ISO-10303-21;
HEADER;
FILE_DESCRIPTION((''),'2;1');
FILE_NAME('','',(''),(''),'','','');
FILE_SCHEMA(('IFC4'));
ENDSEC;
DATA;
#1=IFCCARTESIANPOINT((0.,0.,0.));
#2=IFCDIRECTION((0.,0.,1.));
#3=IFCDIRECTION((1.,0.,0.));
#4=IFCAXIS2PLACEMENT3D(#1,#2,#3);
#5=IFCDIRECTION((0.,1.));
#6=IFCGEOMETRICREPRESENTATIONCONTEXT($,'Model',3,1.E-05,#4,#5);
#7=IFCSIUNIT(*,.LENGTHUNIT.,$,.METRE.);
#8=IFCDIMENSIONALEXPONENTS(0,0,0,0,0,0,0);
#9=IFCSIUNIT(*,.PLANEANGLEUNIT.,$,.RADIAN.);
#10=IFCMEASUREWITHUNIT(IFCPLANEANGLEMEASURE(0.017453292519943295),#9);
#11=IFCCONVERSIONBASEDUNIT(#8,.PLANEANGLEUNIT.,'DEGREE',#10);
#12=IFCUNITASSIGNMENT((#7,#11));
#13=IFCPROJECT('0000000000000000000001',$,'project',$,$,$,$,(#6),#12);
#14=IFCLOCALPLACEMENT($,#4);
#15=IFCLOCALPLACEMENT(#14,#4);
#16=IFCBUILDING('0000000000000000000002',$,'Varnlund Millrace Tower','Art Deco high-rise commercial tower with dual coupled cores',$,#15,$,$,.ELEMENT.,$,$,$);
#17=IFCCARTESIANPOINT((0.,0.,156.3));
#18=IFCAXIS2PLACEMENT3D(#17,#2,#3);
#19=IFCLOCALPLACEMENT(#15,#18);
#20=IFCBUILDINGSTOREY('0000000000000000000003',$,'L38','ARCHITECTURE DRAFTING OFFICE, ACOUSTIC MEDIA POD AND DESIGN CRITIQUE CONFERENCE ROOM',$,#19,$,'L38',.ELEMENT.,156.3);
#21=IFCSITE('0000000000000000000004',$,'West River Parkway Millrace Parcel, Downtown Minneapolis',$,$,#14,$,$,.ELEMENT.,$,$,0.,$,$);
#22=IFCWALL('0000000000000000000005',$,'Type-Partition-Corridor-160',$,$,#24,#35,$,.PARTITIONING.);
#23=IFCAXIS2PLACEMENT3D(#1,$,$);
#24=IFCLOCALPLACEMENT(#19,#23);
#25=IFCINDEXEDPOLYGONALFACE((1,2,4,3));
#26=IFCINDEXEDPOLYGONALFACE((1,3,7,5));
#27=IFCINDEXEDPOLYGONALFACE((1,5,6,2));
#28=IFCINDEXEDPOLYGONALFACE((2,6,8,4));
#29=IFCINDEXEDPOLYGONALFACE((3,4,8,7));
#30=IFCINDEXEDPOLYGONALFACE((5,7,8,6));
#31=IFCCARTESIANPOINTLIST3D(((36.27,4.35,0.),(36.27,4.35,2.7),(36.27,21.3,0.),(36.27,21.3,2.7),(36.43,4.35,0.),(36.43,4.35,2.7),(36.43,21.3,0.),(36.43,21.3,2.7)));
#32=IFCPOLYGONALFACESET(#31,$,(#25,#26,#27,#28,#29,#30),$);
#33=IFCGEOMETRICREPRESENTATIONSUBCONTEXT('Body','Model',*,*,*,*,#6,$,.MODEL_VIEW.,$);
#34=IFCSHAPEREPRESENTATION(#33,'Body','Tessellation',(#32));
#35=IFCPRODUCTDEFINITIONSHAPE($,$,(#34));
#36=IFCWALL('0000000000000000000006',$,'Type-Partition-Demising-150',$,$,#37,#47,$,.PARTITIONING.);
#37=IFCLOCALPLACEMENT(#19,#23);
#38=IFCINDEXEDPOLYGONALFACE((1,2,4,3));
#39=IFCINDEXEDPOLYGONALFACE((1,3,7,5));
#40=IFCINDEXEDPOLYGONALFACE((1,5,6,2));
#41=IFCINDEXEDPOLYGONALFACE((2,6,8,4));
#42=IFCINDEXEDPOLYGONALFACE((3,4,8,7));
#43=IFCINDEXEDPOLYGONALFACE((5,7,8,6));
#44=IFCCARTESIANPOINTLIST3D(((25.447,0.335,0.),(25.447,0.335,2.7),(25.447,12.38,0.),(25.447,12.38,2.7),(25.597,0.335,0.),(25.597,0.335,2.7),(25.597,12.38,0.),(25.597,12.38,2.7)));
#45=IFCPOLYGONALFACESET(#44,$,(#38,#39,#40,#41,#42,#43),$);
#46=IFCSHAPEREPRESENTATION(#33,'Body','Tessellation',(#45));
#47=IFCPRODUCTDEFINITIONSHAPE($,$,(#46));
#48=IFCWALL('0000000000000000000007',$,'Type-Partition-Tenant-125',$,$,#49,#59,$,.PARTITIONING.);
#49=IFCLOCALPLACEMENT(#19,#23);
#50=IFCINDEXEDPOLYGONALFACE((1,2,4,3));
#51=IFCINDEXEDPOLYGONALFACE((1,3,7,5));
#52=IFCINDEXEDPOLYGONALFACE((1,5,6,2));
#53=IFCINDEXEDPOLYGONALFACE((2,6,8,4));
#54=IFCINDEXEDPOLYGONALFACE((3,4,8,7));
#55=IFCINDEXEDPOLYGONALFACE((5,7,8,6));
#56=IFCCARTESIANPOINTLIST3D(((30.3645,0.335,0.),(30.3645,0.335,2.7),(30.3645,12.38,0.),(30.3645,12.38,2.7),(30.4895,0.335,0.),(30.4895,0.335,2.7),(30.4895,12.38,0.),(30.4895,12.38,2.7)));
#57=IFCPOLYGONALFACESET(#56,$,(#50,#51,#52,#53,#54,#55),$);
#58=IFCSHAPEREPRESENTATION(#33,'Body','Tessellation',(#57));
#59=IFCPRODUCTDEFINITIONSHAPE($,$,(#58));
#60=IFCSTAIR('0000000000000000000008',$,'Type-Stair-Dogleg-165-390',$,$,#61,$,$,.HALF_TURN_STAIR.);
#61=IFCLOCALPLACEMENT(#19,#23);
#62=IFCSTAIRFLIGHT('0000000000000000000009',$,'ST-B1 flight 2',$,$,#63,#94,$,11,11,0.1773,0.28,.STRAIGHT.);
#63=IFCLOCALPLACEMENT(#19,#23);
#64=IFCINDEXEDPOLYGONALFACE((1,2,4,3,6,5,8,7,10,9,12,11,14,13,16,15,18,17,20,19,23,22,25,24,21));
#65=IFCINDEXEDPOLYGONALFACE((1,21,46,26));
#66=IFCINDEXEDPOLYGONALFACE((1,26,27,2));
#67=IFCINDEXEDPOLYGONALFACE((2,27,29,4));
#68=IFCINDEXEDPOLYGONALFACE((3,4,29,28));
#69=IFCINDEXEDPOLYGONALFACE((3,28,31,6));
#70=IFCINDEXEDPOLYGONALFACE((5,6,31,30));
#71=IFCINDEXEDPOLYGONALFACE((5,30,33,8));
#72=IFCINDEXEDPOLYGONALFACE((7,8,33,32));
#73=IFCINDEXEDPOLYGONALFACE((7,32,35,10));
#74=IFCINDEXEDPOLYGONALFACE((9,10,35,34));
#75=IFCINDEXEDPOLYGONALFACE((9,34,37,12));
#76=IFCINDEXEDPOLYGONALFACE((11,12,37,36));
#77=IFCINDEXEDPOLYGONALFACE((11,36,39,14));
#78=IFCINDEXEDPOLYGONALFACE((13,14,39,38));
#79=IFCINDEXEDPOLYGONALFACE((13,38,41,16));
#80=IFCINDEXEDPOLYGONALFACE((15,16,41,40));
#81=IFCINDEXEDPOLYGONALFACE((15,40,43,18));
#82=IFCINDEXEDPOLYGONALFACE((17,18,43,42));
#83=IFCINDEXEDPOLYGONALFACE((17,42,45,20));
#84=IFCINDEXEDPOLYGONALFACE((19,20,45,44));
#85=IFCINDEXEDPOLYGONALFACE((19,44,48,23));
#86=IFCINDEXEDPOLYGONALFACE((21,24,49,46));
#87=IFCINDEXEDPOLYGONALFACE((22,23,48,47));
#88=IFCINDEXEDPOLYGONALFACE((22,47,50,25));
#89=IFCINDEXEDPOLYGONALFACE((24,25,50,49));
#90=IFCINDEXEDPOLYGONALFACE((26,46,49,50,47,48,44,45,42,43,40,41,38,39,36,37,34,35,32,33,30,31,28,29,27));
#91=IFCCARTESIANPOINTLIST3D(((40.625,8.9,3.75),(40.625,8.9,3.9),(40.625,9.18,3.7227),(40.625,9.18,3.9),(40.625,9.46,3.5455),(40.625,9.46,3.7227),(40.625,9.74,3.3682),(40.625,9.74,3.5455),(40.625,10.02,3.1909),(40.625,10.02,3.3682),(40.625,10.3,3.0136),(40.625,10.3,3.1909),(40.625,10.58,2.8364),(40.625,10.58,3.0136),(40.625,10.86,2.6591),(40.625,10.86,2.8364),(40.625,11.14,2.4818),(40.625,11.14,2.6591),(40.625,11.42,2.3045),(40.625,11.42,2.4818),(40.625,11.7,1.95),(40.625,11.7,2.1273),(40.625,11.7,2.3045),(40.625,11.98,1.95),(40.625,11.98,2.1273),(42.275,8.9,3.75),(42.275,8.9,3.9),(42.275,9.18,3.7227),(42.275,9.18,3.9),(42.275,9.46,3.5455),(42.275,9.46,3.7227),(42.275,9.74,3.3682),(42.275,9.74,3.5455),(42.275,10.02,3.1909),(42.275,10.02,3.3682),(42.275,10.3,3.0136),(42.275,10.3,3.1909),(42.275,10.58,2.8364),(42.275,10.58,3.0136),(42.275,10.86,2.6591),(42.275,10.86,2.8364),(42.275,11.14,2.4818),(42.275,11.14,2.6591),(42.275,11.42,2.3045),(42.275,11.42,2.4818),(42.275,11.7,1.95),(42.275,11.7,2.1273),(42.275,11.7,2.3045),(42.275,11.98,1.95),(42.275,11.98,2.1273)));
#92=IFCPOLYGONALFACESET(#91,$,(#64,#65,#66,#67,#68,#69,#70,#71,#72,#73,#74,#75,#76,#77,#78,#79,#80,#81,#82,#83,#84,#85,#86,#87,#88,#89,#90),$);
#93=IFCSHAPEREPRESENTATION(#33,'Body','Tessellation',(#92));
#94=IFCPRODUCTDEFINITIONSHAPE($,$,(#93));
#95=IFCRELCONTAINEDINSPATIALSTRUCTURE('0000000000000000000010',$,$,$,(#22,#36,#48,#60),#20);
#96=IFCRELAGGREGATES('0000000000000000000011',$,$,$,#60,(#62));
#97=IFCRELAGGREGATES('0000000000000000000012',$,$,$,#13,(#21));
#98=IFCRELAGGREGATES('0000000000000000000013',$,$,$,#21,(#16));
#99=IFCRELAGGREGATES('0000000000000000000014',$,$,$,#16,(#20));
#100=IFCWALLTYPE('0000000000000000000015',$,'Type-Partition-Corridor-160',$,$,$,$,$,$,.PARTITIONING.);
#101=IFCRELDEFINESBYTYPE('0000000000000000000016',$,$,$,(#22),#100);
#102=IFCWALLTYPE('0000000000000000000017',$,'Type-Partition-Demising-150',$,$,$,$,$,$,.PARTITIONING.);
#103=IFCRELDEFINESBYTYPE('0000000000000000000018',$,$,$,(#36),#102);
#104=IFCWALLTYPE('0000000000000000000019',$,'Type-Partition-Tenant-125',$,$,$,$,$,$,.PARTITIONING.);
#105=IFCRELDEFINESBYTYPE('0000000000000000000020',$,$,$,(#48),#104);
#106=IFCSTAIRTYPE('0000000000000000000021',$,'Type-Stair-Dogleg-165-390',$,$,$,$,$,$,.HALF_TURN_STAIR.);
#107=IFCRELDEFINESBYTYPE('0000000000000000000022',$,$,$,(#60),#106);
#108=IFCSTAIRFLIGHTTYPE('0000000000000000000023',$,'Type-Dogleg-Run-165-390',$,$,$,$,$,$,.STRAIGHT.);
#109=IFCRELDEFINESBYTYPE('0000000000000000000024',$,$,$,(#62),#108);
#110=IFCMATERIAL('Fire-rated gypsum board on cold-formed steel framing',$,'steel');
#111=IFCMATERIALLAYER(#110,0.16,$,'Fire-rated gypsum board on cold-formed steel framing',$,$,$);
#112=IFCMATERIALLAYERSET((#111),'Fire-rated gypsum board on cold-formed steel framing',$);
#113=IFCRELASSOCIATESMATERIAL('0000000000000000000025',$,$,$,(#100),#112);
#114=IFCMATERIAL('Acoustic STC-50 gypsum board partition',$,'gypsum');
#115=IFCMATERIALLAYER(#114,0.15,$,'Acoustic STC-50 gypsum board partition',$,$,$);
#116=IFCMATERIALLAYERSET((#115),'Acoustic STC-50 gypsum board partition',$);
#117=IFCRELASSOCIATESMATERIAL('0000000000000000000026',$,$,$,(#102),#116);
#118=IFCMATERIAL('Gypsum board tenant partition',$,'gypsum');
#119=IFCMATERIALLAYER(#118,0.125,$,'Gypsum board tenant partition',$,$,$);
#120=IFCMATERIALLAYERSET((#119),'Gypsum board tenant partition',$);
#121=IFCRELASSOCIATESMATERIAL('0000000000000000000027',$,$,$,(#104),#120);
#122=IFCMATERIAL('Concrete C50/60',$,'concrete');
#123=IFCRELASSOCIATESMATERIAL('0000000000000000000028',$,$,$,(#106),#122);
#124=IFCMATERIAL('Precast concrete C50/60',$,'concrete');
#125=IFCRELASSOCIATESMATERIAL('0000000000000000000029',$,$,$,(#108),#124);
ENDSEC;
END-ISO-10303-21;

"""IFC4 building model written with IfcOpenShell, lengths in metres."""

from ifc_helpers import new_model, entity, si_unit, converted_unit, direction, frame, origin_with_axes, place, context, subcontext, project, spatial, polyline, outline, extrude, material, layer, layer_set, type_object, element, aggregate, save


model = new_model("IFC4")

# Units and contexts
model_context = context("Model", 3, precision=1e-05, world=origin_with_axes(), true_north=direction((0.0, 1.0)))
body_context = subcontext(model_context, "Body", "Model", "MODEL_VIEW")
ifc_project = project(units=[si_unit("LENGTHUNIT", "METRE"), converted_unit("PLANEANGLEUNIT", "DEGREE", entity("IfcPlaneAngleMeasure", 0.017453292519943295), si_unit("PLANEANGLEUNIT", "RADIAN"), dimensions=[0, 0, 0, 0, 0, 0, 0])], contexts=[model_context])

# Site, building, storey
site_placement = place(None, origin_with_axes())
site = spatial("IfcSite", under=ifc_project, at=site_placement, Name="West River Parkway Millrace Parcel, Downtown Minneapolis", CompositionType="ELEMENT", RefElevation=0.0)
building_placement = place(site_placement, origin_with_axes())
building = spatial("IfcBuilding", under=site, at=building_placement, Name="Varnlund Millrace Tower", Description="Art Deco high-rise commercial tower with dual coupled cores", CompositionType="ELEMENT")
storey_placement = place(building_placement, frame((0.0, 0.0, 156.3), z_axis=(0.0, 0.0, 1.0), x_axis=(1.0, 0.0, 0.0)))
storey = spatial("IfcBuildingStorey", under=building, at=storey_placement, Name="L38", Description="ARCHITECTURE DRAFTING OFFICE, ACOUSTIC MEDIA POD AND DESIGN CRITIQUE CONFERENCE ROOM", LongName="L38", CompositionType="ELEMENT", Elevation=156.3)

# Walls
ifc_material_1 = material(Name="Fire-rated gypsum board on cold-formed steel framing", Category="steel")
ifc_layer_1 = layer(ifc_material_1, 0.16, Name="Fire-rated gypsum board on cold-formed steel framing")
ifc_layer_set_1 = layer_set([ifc_layer_1], Name="Fire-rated gypsum board on cold-formed steel framing")
wall_type_1 = type_object("IfcWallType", Name="Type-Partition-Corridor-160", PredefinedType="PARTITIONING", material=ifc_layer_set_1)
wall_1_placement = place(storey_placement, frame((36.35, 4.35, 0.0), z_axis=(0.0, 0.0, 1.0), x_axis=(0.0, 1.0, 0.0)))
element("IfcWall", 1, at=wall_1_placement, inside=storey, type_object=wall_type_1, Name="Type-Partition-Corridor-160", PredefinedType="PARTITIONING", context=body_context, shape_type="SweptSolid", body=[
    extrude(outline(polyline([(0.0, -0.08), (16.95, -0.08), (16.95, 0.08), (0.0, 0.08), (0.0, -0.08)])), origin_with_axes(), (0.0, 0.0, 1.0), 2.7),
])
ifc_material_2 = material(Name="Acoustic STC-50 gypsum board partition", Category="gypsum")
ifc_layer_2 = layer(ifc_material_2, 0.15, Name="Acoustic STC-50 gypsum board partition")
ifc_layer_set_2 = layer_set([ifc_layer_2], Name="Acoustic STC-50 gypsum board partition")
wall_type_2 = type_object("IfcWallType", Name="Type-Partition-Demising-150", PredefinedType="PARTITIONING", material=ifc_layer_set_2)
wall_2_placement = place(storey_placement, frame((25.522, 0.335, 0.0), z_axis=(0.0, 0.0, 1.0), x_axis=(0.0, 1.0, 0.0)))
element("IfcWall", 2, at=wall_2_placement, inside=storey, type_object=wall_type_2, Name="Type-Partition-Demising-150", PredefinedType="PARTITIONING", context=body_context, shape_type="SweptSolid", body=[
    extrude(outline(polyline([(0.0, -0.075), (12.045, -0.075), (12.045, 0.075), (0.0, 0.075), (0.0, -0.075)])), origin_with_axes(), (0.0, 0.0, 1.0), 2.7),
])
ifc_material_3 = material(Name="Gypsum board tenant partition", Category="gypsum")
ifc_layer_3 = layer(ifc_material_3, 0.125, Name="Gypsum board tenant partition")
ifc_layer_set_3 = layer_set([ifc_layer_3], Name="Gypsum board tenant partition")
wall_type_3 = type_object("IfcWallType", Name="Type-Partition-Tenant-125", PredefinedType="PARTITIONING", material=ifc_layer_set_3)
wall_3_placement = place(storey_placement, frame((30.427, 0.335, 0.0), z_axis=(0.0, 0.0, 1.0), x_axis=(0.0, 1.0, 0.0)))
element("IfcWall", 3, at=wall_3_placement, inside=storey, type_object=wall_type_3, Name="Type-Partition-Tenant-125", PredefinedType="PARTITIONING", context=body_context, shape_type="SweptSolid", body=[
    extrude(outline(polyline([(0.0, -0.0625), (12.045, -0.0625), (12.045, 0.0625), (0.0, 0.0625), (0.0, -0.0625)])), origin_with_axes(), (0.0, 0.0, 1.0), 2.7),
])

# Stair, stair flight
ifc_material_4 = material(Name="Concrete C50/60", Category="concrete")
stair_type = type_object("IfcStairType", Name="Type-Stair-Dogleg-165-390", PredefinedType="HALF_TURN_STAIR", material=ifc_material_4)
stair_placement = place(storey_placement, origin_with_axes())
stair = element("IfcStair", 4, at=stair_placement, inside=storey, type_object=stair_type, Name="Type-Stair-Dogleg-165-390", PredefinedType="HALF_TURN_STAIR")
ifc_material_5 = material(Name="Precast concrete C50/60", Category="concrete")
stair_flight_type = type_object("IfcStairFlightType", Name="Type-Dogleg-Run-165-390", PredefinedType="STRAIGHT", material=ifc_material_5)
stair_flight_placement = place(storey_placement, frame((42.275, 11.98, 1.95), z_axis=(-1.0, 0.0, 0.0), x_axis=(0.0, -1.0, 0.0)))
stair_flight = element("IfcStairFlight", 5, at=stair_flight_placement, type_object=stair_flight_type, Name="ST-B1 flight 2", NumberOfRisers=11, NumberOfTreads=11, PredefinedType="STRAIGHT", RiserHeight=0.1773, TreadLength=0.28, context=body_context, shape_type="SweptSolid", body=[
    extrude(outline(polyline([(0.0, 0.0), (0.0, 0.1773), (0.28, 0.1773), (0.28, 0.3545), (0.56, 0.3545), (0.56, 0.5318), (0.84, 0.5318), (0.84, 0.7091), (1.12, 0.7091), (1.12, 0.8864), (1.4, 0.8864), (1.4, 1.0636), (1.68, 1.0636), (1.68, 1.2409), (1.96, 1.2409), (1.96, 1.4182), (2.24, 1.4182), (2.24, 1.5955), (2.52, 1.5955), (2.52, 1.7727), (2.8, 1.7727), (2.8, 1.95), (3.08, 1.95), (3.08, 1.8), (0.28, 0.0), (0.0, 0.0)])), origin_with_axes(), (0.0, 0.0, 1.0), 1.65),
])
aggregate(stair, [stair_flight])

save(model, "model.ifc")
